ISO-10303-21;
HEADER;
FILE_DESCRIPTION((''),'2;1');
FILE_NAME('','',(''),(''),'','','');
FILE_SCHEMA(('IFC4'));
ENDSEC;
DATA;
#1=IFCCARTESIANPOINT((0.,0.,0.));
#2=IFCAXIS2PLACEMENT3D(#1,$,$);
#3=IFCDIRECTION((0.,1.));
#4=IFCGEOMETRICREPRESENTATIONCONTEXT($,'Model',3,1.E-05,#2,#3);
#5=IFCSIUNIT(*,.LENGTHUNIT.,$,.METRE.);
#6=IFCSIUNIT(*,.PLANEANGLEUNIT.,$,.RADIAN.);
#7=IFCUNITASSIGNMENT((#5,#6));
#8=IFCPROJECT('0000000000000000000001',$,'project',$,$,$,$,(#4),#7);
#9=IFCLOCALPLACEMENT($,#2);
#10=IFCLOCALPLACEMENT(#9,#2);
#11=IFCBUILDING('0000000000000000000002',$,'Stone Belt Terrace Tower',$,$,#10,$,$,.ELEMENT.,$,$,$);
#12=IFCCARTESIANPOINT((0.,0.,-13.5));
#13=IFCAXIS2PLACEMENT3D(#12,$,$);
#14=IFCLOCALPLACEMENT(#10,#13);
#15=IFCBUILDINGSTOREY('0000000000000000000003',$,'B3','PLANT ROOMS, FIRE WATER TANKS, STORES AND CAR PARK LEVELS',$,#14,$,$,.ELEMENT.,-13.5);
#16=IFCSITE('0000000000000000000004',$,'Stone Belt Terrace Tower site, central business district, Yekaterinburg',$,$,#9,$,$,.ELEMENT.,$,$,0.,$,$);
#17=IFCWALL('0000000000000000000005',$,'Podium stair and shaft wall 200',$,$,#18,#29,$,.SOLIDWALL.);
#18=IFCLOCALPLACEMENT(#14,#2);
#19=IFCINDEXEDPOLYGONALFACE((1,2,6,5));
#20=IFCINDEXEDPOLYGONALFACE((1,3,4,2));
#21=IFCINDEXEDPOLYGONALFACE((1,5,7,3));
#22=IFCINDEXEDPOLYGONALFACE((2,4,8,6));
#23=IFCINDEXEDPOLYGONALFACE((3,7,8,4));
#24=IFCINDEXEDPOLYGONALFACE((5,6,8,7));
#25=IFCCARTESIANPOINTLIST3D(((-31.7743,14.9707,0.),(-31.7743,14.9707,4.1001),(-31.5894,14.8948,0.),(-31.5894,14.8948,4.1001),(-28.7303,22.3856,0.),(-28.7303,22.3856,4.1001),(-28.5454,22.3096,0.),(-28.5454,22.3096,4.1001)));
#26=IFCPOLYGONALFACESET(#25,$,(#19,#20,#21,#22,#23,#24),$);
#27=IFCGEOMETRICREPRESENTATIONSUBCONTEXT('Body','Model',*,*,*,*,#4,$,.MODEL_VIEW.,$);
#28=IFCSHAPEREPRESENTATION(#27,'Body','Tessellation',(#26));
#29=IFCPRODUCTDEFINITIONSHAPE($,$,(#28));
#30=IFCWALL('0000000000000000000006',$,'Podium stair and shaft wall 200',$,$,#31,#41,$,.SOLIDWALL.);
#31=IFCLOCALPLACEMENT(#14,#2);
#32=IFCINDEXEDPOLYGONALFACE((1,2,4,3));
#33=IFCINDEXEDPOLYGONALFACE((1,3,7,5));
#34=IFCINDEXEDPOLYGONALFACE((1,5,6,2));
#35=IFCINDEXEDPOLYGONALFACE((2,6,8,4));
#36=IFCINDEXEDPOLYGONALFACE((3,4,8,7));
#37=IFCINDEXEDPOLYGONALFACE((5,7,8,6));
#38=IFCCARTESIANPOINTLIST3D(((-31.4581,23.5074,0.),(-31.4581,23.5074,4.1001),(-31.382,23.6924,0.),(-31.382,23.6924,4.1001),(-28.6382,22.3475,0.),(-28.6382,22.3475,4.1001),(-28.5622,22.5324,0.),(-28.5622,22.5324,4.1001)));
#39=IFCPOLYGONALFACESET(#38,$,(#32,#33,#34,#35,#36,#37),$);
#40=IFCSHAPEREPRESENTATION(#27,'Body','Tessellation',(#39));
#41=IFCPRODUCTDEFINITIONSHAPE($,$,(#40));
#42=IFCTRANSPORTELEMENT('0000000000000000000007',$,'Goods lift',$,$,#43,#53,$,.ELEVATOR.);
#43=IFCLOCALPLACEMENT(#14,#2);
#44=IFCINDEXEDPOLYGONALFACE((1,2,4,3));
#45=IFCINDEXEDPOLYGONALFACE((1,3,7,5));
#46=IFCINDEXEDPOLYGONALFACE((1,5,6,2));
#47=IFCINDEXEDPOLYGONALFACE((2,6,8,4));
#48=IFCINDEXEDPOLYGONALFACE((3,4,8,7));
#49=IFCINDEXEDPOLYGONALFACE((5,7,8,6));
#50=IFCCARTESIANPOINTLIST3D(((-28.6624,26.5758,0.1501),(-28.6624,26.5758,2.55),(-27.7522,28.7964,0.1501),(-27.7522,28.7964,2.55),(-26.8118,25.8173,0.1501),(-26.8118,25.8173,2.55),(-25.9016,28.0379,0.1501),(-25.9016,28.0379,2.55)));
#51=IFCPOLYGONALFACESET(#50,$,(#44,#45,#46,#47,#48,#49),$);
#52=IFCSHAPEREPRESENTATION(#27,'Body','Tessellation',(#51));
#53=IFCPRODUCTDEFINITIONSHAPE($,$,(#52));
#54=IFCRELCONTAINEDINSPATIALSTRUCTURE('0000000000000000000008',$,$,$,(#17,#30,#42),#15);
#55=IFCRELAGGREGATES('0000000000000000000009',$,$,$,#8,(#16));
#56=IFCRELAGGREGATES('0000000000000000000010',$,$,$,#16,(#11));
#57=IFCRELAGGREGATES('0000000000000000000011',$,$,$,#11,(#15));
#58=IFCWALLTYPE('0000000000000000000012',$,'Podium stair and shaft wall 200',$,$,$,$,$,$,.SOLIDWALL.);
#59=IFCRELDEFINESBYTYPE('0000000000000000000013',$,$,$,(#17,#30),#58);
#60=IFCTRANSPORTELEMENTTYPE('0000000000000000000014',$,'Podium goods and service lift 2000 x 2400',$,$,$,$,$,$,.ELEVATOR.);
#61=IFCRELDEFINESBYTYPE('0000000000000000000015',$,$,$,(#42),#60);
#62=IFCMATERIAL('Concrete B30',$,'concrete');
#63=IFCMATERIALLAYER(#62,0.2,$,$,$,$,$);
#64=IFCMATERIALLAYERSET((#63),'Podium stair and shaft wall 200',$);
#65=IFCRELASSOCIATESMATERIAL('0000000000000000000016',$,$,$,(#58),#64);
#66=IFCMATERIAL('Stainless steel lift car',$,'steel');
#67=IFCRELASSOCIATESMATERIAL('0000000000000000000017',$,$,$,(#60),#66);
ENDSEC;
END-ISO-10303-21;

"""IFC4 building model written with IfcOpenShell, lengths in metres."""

from ifc_helpers import new_model, si_unit, direction, frame, frame_2d, origin, origin_2d, place, context, subcontext, project, spatial, rectangle, extrude, material, layer, layer_set, type_object, element, save


model = new_model("IFC4")

# Units and contexts
model_context = context("Model", 3, precision=1e-05, world=origin(), true_north=direction((0.0, 1.0)))
body_context = subcontext(model_context, "Body", "Model", "MODEL_VIEW")
ifc_project = project(units=[si_unit("LENGTHUNIT", "METRE"), si_unit("PLANEANGLEUNIT", "RADIAN")], contexts=[model_context])

# Site, building, storey
site_placement = place(None, origin())
site = spatial("IfcSite", under=ifc_project, at=site_placement, Name="Stone Belt Terrace Tower site, central business district, Yekaterinburg", CompositionType="ELEMENT", RefElevation=0.0)
building_placement = place(site_placement, origin())
building = spatial("IfcBuilding", under=site, at=building_placement, Name="Stone Belt Terrace Tower", CompositionType="ELEMENT")
storey_placement = place(building_placement, frame((0.0, 0.0, -13.5)))
storey = spatial("IfcBuildingStorey", under=building, at=storey_placement, Name="B3", Description="PLANT ROOMS, FIRE WATER TANKS, STORES AND CAR PARK LEVELS", CompositionType="ELEMENT", Elevation=-13.5)

# Shared definitions
ifc_material_1 = material(Name="Concrete B30", Category="concrete")

# Walls
ifc_layer_1 = layer(ifc_material_1, 0.2)
ifc_layer_set_1 = layer_set([ifc_layer_1], Name="Podium stair and shaft wall 200")
wall_type_1 = type_object("IfcWallType", Name="Podium stair and shaft wall 200", PredefinedType="SOLIDWALL", material=ifc_layer_set_1)
wall_1_placement = place(storey_placement, frame((-31.6819, 14.9326, 0.0), z_axis=(0.0, 0.0, 1.0), x_axis=(0.379768, 0.925082, 0.0)))
element("IfcWall", 1, at=wall_1_placement, inside=storey, type_object=wall_type_1, Name="Podium stair and shaft wall 200", PredefinedType="SOLIDWALL", context=body_context, shape_type="SweptSolid", body=[
    extrude(rectangle(XDim=8.0154, YDim=0.2, at=frame_2d((4.0078, 0.0))), origin(), (0.0, 0.0, 1.0), 4.1001),
])
wall_2_placement = place(storey_placement, frame((-31.4199, 23.5999, 0.0), z_axis=(0.0, 0.0, 1.0), x_axis=(0.924816, -0.380416, 0.0)))
element("IfcWall", 2, at=wall_2_placement, inside=storey, type_object=wall_type_1, Name="Podium stair and shaft wall 200", PredefinedType="SOLIDWALL", context=body_context, shape_type="SweptSolid", body=[
    extrude(rectangle(XDim=3.0491, YDim=0.2, at=frame_2d((1.5244, 0.0))), origin(), (0.0, 0.0, 1.0), 4.1001),
])

# Transport element
ifc_material_2 = material(Name="Stainless steel lift car", Category="steel")
transport_element_type = type_object("IfcTransportElementType", Name="Podium goods and service lift 2000 x 2400", PredefinedType="ELEVATOR", material=ifc_material_2)
transport_element_placement = place(storey_placement, frame((-27.282, 27.3069, 0.1501), z_axis=(0.0, 0.0, 1.0), x_axis=(0.379246, 0.925296, 0.0)))
element("IfcTransportElement", 3, at=transport_element_placement, inside=storey, type_object=transport_element_type, Name="Goods lift", PredefinedType="ELEVATOR", context=body_context, shape_type="SweptSolid", body=[
    extrude(rectangle(XDim=2.3999, YDim=2.0, at=origin_2d()), origin(), (0.0, 0.0, 1.0), 2.3999),
])

save(model, "model.ifc")
